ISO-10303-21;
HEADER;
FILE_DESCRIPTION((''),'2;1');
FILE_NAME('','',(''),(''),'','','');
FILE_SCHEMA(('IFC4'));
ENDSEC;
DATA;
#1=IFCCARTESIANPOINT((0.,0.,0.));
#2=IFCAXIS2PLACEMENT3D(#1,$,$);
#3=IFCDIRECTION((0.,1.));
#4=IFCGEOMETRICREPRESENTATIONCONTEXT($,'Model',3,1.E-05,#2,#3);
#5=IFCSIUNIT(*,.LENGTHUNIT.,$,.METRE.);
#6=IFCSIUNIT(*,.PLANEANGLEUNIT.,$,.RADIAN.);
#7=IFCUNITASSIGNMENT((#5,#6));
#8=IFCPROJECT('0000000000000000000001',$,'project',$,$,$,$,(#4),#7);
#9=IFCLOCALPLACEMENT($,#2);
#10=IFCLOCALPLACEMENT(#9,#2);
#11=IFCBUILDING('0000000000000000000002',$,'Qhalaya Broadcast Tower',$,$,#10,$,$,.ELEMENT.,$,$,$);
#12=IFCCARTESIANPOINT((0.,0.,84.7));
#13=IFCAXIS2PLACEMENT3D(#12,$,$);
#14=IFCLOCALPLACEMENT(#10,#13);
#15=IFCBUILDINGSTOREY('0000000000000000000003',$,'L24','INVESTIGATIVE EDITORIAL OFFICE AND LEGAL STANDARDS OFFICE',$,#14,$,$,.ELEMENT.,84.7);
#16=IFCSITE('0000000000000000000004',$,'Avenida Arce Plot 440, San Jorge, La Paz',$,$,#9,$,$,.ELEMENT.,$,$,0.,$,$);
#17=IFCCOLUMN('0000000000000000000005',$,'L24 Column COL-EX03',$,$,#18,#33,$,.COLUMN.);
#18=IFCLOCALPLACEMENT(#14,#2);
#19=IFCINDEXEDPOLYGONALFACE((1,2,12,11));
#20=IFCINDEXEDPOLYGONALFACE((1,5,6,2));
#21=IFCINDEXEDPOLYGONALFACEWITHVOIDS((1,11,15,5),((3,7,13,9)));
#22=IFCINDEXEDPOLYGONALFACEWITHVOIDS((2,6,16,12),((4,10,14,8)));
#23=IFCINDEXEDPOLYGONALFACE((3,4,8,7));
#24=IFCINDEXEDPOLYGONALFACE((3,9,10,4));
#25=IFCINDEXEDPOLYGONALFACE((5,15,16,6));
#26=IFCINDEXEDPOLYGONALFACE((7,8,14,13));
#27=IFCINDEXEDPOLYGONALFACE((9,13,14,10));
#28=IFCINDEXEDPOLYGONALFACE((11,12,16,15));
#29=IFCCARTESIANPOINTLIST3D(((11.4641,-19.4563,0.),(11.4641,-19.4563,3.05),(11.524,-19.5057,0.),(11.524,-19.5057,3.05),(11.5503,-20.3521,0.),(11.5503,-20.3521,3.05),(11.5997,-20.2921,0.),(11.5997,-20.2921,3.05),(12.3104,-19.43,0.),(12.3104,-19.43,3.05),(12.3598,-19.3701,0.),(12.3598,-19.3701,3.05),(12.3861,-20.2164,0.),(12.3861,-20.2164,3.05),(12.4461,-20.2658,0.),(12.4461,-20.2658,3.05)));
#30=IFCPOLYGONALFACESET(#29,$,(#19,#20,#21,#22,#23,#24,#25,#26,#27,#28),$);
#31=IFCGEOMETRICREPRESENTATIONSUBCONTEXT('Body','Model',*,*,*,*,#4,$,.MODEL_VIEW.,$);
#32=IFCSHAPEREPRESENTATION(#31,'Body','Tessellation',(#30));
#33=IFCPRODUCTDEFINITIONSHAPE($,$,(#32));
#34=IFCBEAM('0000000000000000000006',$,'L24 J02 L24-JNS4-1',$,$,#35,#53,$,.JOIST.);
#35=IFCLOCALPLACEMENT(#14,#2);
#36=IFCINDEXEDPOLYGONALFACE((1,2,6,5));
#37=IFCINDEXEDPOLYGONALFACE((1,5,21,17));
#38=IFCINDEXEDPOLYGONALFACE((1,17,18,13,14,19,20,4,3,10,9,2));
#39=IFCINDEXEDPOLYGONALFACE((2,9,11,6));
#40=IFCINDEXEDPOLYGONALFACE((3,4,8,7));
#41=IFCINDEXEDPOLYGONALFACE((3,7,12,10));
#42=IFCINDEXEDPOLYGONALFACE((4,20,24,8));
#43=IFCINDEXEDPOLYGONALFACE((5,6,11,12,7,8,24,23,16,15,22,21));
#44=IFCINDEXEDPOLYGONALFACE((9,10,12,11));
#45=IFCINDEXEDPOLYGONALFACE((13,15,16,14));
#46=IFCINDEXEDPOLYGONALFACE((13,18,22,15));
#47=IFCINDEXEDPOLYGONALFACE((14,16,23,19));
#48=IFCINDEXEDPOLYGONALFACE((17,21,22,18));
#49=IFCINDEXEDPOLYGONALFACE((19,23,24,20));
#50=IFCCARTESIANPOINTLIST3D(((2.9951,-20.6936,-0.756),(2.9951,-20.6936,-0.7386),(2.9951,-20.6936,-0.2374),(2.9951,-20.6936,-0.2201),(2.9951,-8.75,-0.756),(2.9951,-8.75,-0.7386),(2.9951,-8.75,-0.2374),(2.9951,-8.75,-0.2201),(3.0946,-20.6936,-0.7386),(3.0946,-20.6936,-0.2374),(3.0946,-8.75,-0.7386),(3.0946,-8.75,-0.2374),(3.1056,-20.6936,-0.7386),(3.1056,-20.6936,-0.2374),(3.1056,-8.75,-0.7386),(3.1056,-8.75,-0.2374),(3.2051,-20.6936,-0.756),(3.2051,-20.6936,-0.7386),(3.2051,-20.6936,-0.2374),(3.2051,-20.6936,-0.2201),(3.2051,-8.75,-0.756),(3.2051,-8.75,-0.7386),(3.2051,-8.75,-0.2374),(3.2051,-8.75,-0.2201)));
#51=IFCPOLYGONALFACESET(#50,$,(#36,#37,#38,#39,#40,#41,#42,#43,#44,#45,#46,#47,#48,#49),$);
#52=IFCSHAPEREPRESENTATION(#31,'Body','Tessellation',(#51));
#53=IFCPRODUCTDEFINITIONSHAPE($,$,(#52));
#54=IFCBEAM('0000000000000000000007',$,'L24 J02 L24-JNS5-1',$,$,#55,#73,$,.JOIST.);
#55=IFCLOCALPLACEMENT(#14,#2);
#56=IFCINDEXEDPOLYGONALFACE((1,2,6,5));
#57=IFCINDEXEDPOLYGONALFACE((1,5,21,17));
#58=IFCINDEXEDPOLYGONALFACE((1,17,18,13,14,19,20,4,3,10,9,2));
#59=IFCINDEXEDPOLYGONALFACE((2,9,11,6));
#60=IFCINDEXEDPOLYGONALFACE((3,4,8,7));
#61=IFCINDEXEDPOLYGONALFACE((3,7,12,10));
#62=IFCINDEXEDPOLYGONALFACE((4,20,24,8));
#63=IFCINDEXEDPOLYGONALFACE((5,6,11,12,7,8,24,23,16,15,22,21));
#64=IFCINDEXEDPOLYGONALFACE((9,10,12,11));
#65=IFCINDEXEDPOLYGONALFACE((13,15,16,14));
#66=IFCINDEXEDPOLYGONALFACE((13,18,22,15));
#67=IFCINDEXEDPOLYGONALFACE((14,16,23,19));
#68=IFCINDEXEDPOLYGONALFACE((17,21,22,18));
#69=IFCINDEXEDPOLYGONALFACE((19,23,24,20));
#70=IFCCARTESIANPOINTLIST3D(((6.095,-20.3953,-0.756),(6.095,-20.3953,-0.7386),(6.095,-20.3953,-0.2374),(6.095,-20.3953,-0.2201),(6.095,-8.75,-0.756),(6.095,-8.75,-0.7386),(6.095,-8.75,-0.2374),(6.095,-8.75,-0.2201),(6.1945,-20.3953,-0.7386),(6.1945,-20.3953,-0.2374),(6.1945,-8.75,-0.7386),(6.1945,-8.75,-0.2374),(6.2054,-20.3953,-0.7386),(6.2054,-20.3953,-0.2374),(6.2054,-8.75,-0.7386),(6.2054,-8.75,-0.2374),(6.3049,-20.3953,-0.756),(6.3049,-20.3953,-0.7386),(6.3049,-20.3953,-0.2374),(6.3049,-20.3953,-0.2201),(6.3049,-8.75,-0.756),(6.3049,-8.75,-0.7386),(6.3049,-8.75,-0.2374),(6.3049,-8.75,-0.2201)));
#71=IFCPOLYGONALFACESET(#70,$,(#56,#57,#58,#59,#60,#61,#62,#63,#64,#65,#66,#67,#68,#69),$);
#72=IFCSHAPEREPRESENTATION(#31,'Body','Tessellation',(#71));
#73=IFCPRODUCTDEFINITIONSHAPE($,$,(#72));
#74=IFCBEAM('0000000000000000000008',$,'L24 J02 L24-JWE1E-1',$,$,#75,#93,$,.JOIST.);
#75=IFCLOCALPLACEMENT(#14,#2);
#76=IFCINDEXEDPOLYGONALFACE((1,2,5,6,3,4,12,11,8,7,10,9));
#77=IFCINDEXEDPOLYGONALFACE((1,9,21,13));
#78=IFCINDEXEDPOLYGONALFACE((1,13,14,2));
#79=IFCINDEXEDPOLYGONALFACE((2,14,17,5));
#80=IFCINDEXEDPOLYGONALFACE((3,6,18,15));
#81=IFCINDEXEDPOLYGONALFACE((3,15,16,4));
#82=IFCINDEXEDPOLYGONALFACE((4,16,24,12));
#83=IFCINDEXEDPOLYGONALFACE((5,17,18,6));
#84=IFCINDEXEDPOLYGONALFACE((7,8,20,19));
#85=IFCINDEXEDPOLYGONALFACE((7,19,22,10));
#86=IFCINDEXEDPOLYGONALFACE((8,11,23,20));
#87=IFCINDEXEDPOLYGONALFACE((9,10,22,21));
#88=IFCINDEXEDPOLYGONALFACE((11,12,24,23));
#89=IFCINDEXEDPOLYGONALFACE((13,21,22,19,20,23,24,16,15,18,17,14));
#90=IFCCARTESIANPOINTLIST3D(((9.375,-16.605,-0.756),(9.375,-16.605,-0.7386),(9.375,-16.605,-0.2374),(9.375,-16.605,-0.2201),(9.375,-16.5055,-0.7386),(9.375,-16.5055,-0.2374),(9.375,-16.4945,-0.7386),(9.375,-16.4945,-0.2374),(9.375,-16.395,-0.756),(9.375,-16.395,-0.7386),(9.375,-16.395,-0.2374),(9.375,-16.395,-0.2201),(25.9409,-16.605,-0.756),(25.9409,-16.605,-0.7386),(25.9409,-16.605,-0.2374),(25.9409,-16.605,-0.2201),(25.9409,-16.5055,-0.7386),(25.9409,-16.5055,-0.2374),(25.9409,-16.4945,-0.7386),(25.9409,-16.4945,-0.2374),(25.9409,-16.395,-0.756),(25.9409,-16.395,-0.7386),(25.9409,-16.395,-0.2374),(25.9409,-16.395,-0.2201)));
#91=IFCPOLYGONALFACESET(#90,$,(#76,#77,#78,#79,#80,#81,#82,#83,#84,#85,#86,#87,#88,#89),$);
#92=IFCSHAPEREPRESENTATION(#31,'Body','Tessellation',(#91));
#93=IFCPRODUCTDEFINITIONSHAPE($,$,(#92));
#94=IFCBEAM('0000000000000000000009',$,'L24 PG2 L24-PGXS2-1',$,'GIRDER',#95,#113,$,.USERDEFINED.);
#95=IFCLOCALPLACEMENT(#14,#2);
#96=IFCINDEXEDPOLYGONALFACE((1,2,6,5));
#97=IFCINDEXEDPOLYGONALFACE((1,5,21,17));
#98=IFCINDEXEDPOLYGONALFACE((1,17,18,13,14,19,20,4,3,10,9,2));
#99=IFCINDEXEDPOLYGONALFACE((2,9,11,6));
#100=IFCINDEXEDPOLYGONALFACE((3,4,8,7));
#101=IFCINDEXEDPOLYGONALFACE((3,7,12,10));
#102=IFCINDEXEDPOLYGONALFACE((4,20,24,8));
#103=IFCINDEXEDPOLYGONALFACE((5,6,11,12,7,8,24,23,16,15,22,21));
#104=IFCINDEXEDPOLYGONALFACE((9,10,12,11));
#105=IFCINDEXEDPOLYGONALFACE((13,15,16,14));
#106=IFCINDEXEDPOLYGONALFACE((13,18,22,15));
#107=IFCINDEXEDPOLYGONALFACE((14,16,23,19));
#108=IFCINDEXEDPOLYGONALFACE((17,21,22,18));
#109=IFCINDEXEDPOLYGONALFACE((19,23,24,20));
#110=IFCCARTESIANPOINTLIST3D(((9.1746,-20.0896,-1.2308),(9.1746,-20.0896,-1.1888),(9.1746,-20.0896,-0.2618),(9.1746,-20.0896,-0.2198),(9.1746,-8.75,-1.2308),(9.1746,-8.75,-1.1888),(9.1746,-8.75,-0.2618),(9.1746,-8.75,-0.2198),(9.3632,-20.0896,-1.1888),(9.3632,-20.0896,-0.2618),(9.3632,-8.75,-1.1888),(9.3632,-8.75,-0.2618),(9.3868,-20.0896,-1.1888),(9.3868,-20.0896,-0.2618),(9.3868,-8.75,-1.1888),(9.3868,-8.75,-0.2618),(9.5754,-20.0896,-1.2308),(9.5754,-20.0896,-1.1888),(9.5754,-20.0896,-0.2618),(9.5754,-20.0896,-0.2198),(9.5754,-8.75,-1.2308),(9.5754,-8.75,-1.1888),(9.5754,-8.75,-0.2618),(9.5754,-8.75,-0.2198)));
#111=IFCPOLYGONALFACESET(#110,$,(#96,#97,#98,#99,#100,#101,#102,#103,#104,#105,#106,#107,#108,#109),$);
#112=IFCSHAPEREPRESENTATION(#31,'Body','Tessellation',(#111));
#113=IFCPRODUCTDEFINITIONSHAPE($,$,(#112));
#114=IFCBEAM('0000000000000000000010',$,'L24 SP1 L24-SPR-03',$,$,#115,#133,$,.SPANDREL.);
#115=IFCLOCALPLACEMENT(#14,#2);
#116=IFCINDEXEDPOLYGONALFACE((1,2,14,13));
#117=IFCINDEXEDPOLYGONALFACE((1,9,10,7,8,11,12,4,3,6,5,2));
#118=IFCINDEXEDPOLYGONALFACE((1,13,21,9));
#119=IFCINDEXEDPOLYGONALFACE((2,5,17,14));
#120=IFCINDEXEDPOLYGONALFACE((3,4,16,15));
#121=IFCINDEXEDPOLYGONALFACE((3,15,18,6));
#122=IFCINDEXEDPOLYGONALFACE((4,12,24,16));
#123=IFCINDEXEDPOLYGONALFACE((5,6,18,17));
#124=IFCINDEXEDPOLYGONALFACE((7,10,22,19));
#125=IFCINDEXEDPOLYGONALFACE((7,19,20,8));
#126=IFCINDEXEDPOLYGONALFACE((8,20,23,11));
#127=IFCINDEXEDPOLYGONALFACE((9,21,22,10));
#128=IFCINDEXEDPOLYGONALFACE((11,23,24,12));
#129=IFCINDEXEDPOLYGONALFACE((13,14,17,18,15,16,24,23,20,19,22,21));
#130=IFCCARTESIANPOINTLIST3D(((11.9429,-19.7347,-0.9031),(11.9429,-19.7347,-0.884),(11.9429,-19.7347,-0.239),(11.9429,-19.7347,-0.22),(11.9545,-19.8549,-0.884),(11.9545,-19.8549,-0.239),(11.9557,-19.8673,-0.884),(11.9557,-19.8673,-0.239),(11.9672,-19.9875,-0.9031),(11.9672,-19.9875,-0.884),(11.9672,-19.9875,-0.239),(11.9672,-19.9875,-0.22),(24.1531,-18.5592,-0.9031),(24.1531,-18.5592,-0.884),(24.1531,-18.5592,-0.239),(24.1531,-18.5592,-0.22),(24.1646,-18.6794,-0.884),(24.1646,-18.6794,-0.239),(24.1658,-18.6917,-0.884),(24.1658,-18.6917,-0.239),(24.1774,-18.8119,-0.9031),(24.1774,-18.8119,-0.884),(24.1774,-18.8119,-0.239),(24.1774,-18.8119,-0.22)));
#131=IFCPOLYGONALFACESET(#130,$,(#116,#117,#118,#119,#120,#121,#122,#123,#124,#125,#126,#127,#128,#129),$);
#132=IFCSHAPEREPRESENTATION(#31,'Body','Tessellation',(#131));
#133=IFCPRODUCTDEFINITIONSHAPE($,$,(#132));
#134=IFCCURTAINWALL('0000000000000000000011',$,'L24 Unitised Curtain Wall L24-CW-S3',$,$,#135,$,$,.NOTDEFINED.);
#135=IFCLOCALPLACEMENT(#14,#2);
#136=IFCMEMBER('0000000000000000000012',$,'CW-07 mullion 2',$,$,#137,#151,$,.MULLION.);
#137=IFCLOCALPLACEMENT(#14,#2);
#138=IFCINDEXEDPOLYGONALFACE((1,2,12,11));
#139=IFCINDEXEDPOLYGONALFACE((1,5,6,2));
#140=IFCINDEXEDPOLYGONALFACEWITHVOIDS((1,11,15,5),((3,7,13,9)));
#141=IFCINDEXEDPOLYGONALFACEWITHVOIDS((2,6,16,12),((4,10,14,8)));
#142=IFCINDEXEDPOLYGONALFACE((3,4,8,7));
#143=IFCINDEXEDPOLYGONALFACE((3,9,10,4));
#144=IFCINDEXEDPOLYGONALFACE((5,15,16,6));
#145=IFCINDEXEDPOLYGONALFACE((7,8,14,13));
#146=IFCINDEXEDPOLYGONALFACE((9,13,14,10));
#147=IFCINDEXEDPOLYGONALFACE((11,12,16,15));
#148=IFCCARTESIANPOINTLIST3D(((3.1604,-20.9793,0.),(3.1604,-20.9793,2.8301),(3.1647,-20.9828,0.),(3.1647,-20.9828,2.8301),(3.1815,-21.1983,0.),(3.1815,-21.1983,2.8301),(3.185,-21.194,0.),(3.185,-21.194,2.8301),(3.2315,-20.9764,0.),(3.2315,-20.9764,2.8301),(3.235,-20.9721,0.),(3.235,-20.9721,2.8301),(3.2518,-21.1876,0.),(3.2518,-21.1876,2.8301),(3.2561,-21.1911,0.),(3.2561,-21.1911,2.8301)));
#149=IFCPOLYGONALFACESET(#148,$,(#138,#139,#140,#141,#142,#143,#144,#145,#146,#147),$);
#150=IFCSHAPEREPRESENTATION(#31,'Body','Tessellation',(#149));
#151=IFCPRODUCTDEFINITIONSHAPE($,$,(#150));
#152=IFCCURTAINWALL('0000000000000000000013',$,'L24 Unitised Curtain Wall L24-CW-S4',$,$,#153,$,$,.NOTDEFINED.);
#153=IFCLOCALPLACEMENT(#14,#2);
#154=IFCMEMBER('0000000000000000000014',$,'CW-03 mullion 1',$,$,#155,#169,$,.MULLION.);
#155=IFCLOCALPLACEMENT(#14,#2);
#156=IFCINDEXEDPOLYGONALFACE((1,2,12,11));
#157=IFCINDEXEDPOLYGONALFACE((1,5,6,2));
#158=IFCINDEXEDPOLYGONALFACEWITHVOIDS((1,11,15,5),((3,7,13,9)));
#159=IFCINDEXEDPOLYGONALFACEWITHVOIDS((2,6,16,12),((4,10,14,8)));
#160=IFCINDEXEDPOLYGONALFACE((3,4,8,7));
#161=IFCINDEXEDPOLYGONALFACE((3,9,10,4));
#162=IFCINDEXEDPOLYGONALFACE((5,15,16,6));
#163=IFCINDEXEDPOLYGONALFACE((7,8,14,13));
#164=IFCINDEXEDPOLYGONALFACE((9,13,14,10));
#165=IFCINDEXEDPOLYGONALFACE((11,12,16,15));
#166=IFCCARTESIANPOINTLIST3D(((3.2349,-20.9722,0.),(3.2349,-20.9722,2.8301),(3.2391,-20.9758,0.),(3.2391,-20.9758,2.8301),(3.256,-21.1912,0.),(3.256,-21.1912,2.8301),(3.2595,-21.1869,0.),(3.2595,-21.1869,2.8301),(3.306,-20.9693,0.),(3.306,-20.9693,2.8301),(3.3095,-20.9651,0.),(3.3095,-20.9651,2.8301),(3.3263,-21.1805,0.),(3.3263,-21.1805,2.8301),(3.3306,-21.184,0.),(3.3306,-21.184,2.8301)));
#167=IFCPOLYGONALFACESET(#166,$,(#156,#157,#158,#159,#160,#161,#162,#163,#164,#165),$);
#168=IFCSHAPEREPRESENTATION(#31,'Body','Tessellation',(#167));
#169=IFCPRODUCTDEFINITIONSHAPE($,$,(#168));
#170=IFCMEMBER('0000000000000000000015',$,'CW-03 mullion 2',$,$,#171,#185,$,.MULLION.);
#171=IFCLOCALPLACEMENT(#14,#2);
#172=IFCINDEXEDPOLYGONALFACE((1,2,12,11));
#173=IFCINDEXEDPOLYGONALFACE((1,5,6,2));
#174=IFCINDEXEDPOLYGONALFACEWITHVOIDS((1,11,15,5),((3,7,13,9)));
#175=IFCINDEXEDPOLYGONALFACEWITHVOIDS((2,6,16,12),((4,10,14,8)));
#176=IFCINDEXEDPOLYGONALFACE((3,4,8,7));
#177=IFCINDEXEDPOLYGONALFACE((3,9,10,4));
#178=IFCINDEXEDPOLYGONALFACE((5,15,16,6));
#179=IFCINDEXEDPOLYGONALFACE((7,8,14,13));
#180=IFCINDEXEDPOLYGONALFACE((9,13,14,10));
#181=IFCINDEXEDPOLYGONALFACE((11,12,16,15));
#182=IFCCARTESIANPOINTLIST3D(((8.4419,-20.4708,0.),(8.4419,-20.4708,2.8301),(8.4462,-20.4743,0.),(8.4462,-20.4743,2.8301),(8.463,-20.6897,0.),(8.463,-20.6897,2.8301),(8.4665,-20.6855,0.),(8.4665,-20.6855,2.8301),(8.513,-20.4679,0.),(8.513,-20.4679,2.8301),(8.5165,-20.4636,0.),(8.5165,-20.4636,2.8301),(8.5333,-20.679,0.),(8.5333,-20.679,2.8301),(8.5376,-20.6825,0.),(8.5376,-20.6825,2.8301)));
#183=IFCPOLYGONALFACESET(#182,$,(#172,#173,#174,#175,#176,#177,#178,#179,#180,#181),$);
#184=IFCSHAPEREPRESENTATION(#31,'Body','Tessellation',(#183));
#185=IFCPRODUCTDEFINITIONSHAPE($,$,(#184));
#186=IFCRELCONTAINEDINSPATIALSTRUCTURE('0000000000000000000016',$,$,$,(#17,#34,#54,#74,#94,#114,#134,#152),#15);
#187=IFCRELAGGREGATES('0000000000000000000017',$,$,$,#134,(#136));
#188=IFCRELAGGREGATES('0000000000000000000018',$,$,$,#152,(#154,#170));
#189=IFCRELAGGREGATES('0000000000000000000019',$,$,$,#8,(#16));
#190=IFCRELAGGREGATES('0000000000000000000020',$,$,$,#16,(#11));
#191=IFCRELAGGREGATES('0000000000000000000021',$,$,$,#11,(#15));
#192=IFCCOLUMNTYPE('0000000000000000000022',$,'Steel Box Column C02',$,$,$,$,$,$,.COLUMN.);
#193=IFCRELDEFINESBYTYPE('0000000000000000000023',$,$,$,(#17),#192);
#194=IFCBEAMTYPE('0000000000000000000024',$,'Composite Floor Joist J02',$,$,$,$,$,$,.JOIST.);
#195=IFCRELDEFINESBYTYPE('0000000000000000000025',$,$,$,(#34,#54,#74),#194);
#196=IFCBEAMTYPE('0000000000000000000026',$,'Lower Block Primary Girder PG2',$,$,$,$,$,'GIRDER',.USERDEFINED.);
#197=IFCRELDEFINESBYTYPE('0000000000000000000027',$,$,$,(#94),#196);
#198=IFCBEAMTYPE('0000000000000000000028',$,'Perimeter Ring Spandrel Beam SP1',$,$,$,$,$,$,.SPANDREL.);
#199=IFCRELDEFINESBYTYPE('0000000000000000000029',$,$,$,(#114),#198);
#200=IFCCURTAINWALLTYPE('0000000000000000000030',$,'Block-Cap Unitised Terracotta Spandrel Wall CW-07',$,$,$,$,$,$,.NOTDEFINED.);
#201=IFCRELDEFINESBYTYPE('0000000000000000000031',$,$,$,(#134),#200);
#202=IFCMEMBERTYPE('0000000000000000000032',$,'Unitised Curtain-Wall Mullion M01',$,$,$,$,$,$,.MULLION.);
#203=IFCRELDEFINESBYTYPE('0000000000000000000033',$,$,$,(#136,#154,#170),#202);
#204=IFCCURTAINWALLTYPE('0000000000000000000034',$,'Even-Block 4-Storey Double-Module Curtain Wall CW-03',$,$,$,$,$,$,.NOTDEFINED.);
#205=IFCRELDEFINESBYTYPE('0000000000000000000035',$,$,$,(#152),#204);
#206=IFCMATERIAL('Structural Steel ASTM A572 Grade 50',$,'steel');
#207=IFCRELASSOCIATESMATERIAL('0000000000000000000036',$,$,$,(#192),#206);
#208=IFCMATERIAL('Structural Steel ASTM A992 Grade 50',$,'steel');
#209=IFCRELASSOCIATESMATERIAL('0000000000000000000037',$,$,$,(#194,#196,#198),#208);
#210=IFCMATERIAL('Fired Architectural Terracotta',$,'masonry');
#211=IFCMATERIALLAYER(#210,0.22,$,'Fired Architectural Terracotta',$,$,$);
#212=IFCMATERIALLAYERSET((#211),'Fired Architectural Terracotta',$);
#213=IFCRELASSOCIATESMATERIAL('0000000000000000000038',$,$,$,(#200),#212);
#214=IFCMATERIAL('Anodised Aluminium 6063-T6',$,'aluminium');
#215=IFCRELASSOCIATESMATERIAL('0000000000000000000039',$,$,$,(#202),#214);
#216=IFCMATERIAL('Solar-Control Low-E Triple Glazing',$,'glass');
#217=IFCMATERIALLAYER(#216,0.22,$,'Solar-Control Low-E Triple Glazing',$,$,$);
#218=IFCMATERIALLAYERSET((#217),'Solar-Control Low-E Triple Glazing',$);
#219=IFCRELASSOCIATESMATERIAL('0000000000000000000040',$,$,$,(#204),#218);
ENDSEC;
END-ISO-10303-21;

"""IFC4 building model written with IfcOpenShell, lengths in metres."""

from ifc_helpers import new_model, si_unit, direction, frame, origin, origin_2d, place, context, subcontext, project, spatial, hollow_rectangle, i_section, extrude, material, layer, layer_set, material_profile, profile_set, type_object, element, aggregate, save


model = new_model("IFC4")

# Units and contexts
model_context = context("Model", 3, precision=1e-05, world=origin(), true_north=direction((0.0, 1.0)))
body_context = subcontext(model_context, "Body", "Model", "MODEL_VIEW")
ifc_project = project(units=[si_unit("LENGTHUNIT", "METRE"), si_unit("PLANEANGLEUNIT", "RADIAN")], contexts=[model_context])

# Site, building, storey
site_placement = place(None, origin())
site = spatial("IfcSite", under=ifc_project, at=site_placement, Name="Avenida Arce Plot 440, San Jorge, La Paz", CompositionType="ELEMENT", RefElevation=0.0)
building_placement = place(site_placement, origin())
building = spatial("IfcBuilding", under=site, at=building_placement, Name="Qhalaya Broadcast Tower", CompositionType="ELEMENT")
storey_placement = place(building_placement, frame((0.0, 0.0, 84.7)))
storey = spatial("IfcBuildingStorey", under=building, at=storey_placement, Name="L24", Description="INVESTIGATIVE EDITORIAL OFFICE AND LEGAL STANDARDS OFFICE", CompositionType="ELEMENT", Elevation=84.7)

# Column
ifc_material_1 = material(Name="Structural Steel ASTM A572 Grade 50", Category="steel")
ifc_material_profile_1 = material_profile(ifc_material_1, hollow_rectangle(XDim=0.8999, YDim=0.8999, WallThickness=0.0549, at=origin_2d()), Name="BOX 900x900x55")
ifc_profile_set_1 = profile_set([ifc_material_profile_1], Name="Structural Steel ASTM A572 Grade 50")
column_type = type_object("IfcColumnType", Name="Steel Box Column C02", PredefinedType="COLUMN", material=ifc_profile_set_1)
column_placement = place(storey_placement, frame((11.9551, -19.8611, 0.0), z_axis=(0.0, 0.0, 1.0), x_axis=(0.995396, 0.095846, 0.0)))
element("IfcColumn", 1, at=column_placement, inside=storey, type_object=column_type, Name="L24 Column COL-EX03", PredefinedType="COLUMN", context=body_context, shape_type="SweptSolid", body=[
    extrude(hollow_rectangle(XDim=0.8999, YDim=0.8999, WallThickness=0.0549, at=origin_2d()), origin(), (0.0, 0.0, 1.0), 3.05),
])

# Beams
ifc_material_2 = material(Name="Structural Steel ASTM A992 Grade 50", Category="steel")
ifc_material_profile_2 = material_profile(ifc_material_2, i_section(OverallWidth=0.21, OverallDepth=0.5359, WebThickness=0.011, FlangeThickness=0.0173, at=origin_2d()), Name="W21X68")
ifc_profile_set_2 = profile_set([ifc_material_profile_2], Name="Structural Steel ASTM A992 Grade 50")
beam_type_1 = type_object("IfcBeamType", Name="Composite Floor Joist J02", PredefinedType="JOIST", material=ifc_profile_set_2)
beam_1_placement = place(storey_placement, frame((3.1001, -20.6936, -0.488), z_axis=(0.0, 1.0, 0.0), x_axis=(-1.0, 0.0, 0.0)))
element("IfcBeam", 2, at=beam_1_placement, inside=storey, type_object=beam_type_1, Name="L24 J02 L24-JNS4-1", PredefinedType="JOIST", context=body_context, shape_type="SweptSolid", body=[
    extrude(i_section(OverallWidth=0.21, OverallDepth=0.5359, WebThickness=0.011, FlangeThickness=0.0173, at=origin_2d()), origin(), (0.0, 0.0, 1.0), 11.9436),
])
beam_2_placement = place(storey_placement, frame((6.2, -20.3953, -0.488), z_axis=(0.0, 1.0, 0.0), x_axis=(-1.0, 0.0, 0.0)))
element("IfcBeam", 3, at=beam_2_placement, inside=storey, type_object=beam_type_1, Name="L24 J02 L24-JNS5-1", PredefinedType="JOIST", context=body_context, shape_type="SweptSolid", body=[
    extrude(i_section(OverallWidth=0.21, OverallDepth=0.5359, WebThickness=0.011, FlangeThickness=0.0173, at=origin_2d()), origin(), (0.0, 0.0, 1.0), 11.6453),
])
beam_3_placement = place(storey_placement, frame((9.375, -16.5, -0.488), z_axis=(1.0, 0.0, 0.0), x_axis=(0.0, 1.0, 0.0)))
element("IfcBeam", 4, at=beam_3_placement, inside=storey, type_object=beam_type_1, Name="L24 J02 L24-JWE1E-1", PredefinedType="JOIST", context=body_context, shape_type="SweptSolid", body=[
    extrude(i_section(OverallWidth=0.21, OverallDepth=0.5359, WebThickness=0.011, FlangeThickness=0.0173, at=origin_2d()), origin(), (0.0, 0.0, 1.0), 16.5659),
])
ifc_material_profile_3 = material_profile(ifc_material_2, i_section(OverallWidth=0.4009, OverallDepth=1.011, WebThickness=0.0237, FlangeThickness=0.042, at=origin_2d()), Name="W40X297")
ifc_profile_set_3 = profile_set([ifc_material_profile_3], Name="Structural Steel ASTM A992 Grade 50")
beam_type_2 = type_object("IfcBeamType", Name="Lower Block Primary Girder PG2", ElementType="GIRDER", PredefinedType="USERDEFINED", material=ifc_profile_set_3)
beam_4_placement = place(storey_placement, frame((9.375, -20.0896, -0.7253), z_axis=(0.0, 1.0, 0.0), x_axis=(-1.0, 0.0, 0.0)))
element("IfcBeam", 5, at=beam_4_placement, inside=storey, type_object=beam_type_2, Name="L24 PG2 L24-PGXS2-1", ObjectType="GIRDER", PredefinedType="USERDEFINED", context=body_context, shape_type="SweptSolid", body=[
    extrude(i_section(OverallWidth=0.4009, OverallDepth=1.011, WebThickness=0.0237, FlangeThickness=0.042, at=origin_2d()), origin(), (0.0, 0.0, 1.0), 11.3396),
])
ifc_material_profile_4 = material_profile(ifc_material_2, i_section(OverallWidth=0.2539, OverallDepth=0.6831, WebThickness=0.0125, FlangeThickness=0.019, at=origin_2d()), Name="W27X94")
ifc_profile_set_4 = profile_set([ifc_material_profile_4], Name="Structural Steel ASTM A992 Grade 50")
beam_type_3 = type_object("IfcBeamType", Name="Perimeter Ring Spandrel Beam SP1", PredefinedType="SPANDREL", material=ifc_profile_set_4)
beam_5_placement = place(storey_placement, frame((11.9551, -19.8611, -0.5615), z_axis=(0.995398, 0.095832, 0.0), x_axis=(-0.095832, 0.995398, 0.0)))
element("IfcBeam", 6, at=beam_5_placement, inside=storey, type_object=beam_type_3, Name="L24 SP1 L24-SPR-03", PredefinedType="SPANDREL", context=body_context, shape_type="SweptSolid", body=[
    extrude(i_section(OverallWidth=0.2539, OverallDepth=0.6831, WebThickness=0.0125, FlangeThickness=0.019, at=origin_2d()), origin(), (0.0, 0.0, 1.0), 12.2666),
])

# Curtain wall, member
ifc_material_3 = material(Name="Fired Architectural Terracotta", Category="masonry")
ifc_layer_1 = layer(ifc_material_3, 0.22, Name="Fired Architectural Terracotta")
ifc_layer_set_1 = layer_set([ifc_layer_1], Name="Fired Architectural Terracotta")
curtain_wall_type_1 = type_object("IfcCurtainWallType", Name="Block-Cap Unitised Terracotta Spandrel Wall CW-07", PredefinedType="NOTDEFINED", material=ifc_layer_set_1)
curtain_wall_1_placement = place(storey_placement, origin())
curtain_wall_1 = element("IfcCurtainWall", 7, at=curtain_wall_1_placement, inside=storey, type_object=curtain_wall_type_1, Name="L24 Unitised Curtain Wall L24-CW-S3", PredefinedType="NOTDEFINED")
ifc_material_4 = material(Name="Anodised Aluminium 6063-T6", Category="aluminium")
ifc_material_profile_5 = material_profile(ifc_material_4, hollow_rectangle(XDim=0.075, YDim=0.22, WallThickness=0.0039, at=origin_2d()), Name="ALU-MUL 75x220x4")
ifc_profile_set_5 = profile_set([ifc_material_profile_5], Name="Anodised Aluminium 6063-T6")
member_type_1 = type_object("IfcMemberType", Name="Unitised Curtain-Wall Mullion M01", PredefinedType="MULLION", material=ifc_profile_set_5)
member_1_placement = place(storey_placement, frame((3.2083, -21.0852, 0.0), z_axis=(0.0, 0.0, 1.0), x_axis=(0.995396, 0.095843, 0.0)))
member_1 = element("IfcMember", 8, at=member_1_placement, type_object=member_type_1, Name="CW-07 mullion 2", PredefinedType="MULLION", context=body_context, shape_type="SweptSolid", body=[
    extrude(hollow_rectangle(XDim=0.075, YDim=0.22, WallThickness=0.0039, at=origin_2d()), origin(), (0.0, 0.0, 1.0), 2.8301),
])
aggregate(curtain_wall_1, [member_1])

# Curtain wall, members
ifc_material_5 = material(Name="Solar-Control Low-E Triple Glazing", Category="glass")
ifc_layer_2 = layer(ifc_material_5, 0.22, Name="Solar-Control Low-E Triple Glazing")
ifc_layer_set_2 = layer_set([ifc_layer_2], Name="Solar-Control Low-E Triple Glazing")
curtain_wall_type_2 = type_object("IfcCurtainWallType", Name="Even-Block 4-Storey Double-Module Curtain Wall CW-03", PredefinedType="NOTDEFINED", material=ifc_layer_set_2)
curtain_wall_2_placement = place(storey_placement, origin())
curtain_wall_2 = element("IfcCurtainWall", 9, at=curtain_wall_2_placement, inside=storey, type_object=curtain_wall_type_2, Name="L24 Unitised Curtain Wall L24-CW-S4", PredefinedType="NOTDEFINED")
member_2_placement = place(storey_placement, frame((3.2827, -21.0781, 0.0), z_axis=(0.0, 0.0, 1.0), x_axis=(0.995395, 0.095853, 0.0)))
member_2 = element("IfcMember", 10, at=member_2_placement, type_object=member_type_1, Name="CW-03 mullion 1", PredefinedType="MULLION", context=body_context, shape_type="SweptSolid", body=[
    extrude(hollow_rectangle(XDim=0.075, YDim=0.22, WallThickness=0.0039, at=origin_2d()), origin(), (0.0, 0.0, 1.0), 2.8301),
])
member_3_placement = place(storey_placement, frame((8.4897, -20.5767, 0.0), z_axis=(0.0, 0.0, 1.0), x_axis=(0.995395, 0.095853, 0.0)))
member_3 = element("IfcMember", 11, at=member_3_placement, type_object=member_type_1, Name="CW-03 mullion 2", PredefinedType="MULLION", context=body_context, shape_type="SweptSolid", body=[
    extrude(hollow_rectangle(XDim=0.075, YDim=0.22, WallThickness=0.0039, at=origin_2d()), origin(), (0.0, 0.0, 1.0), 2.8301),
])

aggregate(curtain_wall_2, [member_2, member_3])

save(model, "model.ifc")
